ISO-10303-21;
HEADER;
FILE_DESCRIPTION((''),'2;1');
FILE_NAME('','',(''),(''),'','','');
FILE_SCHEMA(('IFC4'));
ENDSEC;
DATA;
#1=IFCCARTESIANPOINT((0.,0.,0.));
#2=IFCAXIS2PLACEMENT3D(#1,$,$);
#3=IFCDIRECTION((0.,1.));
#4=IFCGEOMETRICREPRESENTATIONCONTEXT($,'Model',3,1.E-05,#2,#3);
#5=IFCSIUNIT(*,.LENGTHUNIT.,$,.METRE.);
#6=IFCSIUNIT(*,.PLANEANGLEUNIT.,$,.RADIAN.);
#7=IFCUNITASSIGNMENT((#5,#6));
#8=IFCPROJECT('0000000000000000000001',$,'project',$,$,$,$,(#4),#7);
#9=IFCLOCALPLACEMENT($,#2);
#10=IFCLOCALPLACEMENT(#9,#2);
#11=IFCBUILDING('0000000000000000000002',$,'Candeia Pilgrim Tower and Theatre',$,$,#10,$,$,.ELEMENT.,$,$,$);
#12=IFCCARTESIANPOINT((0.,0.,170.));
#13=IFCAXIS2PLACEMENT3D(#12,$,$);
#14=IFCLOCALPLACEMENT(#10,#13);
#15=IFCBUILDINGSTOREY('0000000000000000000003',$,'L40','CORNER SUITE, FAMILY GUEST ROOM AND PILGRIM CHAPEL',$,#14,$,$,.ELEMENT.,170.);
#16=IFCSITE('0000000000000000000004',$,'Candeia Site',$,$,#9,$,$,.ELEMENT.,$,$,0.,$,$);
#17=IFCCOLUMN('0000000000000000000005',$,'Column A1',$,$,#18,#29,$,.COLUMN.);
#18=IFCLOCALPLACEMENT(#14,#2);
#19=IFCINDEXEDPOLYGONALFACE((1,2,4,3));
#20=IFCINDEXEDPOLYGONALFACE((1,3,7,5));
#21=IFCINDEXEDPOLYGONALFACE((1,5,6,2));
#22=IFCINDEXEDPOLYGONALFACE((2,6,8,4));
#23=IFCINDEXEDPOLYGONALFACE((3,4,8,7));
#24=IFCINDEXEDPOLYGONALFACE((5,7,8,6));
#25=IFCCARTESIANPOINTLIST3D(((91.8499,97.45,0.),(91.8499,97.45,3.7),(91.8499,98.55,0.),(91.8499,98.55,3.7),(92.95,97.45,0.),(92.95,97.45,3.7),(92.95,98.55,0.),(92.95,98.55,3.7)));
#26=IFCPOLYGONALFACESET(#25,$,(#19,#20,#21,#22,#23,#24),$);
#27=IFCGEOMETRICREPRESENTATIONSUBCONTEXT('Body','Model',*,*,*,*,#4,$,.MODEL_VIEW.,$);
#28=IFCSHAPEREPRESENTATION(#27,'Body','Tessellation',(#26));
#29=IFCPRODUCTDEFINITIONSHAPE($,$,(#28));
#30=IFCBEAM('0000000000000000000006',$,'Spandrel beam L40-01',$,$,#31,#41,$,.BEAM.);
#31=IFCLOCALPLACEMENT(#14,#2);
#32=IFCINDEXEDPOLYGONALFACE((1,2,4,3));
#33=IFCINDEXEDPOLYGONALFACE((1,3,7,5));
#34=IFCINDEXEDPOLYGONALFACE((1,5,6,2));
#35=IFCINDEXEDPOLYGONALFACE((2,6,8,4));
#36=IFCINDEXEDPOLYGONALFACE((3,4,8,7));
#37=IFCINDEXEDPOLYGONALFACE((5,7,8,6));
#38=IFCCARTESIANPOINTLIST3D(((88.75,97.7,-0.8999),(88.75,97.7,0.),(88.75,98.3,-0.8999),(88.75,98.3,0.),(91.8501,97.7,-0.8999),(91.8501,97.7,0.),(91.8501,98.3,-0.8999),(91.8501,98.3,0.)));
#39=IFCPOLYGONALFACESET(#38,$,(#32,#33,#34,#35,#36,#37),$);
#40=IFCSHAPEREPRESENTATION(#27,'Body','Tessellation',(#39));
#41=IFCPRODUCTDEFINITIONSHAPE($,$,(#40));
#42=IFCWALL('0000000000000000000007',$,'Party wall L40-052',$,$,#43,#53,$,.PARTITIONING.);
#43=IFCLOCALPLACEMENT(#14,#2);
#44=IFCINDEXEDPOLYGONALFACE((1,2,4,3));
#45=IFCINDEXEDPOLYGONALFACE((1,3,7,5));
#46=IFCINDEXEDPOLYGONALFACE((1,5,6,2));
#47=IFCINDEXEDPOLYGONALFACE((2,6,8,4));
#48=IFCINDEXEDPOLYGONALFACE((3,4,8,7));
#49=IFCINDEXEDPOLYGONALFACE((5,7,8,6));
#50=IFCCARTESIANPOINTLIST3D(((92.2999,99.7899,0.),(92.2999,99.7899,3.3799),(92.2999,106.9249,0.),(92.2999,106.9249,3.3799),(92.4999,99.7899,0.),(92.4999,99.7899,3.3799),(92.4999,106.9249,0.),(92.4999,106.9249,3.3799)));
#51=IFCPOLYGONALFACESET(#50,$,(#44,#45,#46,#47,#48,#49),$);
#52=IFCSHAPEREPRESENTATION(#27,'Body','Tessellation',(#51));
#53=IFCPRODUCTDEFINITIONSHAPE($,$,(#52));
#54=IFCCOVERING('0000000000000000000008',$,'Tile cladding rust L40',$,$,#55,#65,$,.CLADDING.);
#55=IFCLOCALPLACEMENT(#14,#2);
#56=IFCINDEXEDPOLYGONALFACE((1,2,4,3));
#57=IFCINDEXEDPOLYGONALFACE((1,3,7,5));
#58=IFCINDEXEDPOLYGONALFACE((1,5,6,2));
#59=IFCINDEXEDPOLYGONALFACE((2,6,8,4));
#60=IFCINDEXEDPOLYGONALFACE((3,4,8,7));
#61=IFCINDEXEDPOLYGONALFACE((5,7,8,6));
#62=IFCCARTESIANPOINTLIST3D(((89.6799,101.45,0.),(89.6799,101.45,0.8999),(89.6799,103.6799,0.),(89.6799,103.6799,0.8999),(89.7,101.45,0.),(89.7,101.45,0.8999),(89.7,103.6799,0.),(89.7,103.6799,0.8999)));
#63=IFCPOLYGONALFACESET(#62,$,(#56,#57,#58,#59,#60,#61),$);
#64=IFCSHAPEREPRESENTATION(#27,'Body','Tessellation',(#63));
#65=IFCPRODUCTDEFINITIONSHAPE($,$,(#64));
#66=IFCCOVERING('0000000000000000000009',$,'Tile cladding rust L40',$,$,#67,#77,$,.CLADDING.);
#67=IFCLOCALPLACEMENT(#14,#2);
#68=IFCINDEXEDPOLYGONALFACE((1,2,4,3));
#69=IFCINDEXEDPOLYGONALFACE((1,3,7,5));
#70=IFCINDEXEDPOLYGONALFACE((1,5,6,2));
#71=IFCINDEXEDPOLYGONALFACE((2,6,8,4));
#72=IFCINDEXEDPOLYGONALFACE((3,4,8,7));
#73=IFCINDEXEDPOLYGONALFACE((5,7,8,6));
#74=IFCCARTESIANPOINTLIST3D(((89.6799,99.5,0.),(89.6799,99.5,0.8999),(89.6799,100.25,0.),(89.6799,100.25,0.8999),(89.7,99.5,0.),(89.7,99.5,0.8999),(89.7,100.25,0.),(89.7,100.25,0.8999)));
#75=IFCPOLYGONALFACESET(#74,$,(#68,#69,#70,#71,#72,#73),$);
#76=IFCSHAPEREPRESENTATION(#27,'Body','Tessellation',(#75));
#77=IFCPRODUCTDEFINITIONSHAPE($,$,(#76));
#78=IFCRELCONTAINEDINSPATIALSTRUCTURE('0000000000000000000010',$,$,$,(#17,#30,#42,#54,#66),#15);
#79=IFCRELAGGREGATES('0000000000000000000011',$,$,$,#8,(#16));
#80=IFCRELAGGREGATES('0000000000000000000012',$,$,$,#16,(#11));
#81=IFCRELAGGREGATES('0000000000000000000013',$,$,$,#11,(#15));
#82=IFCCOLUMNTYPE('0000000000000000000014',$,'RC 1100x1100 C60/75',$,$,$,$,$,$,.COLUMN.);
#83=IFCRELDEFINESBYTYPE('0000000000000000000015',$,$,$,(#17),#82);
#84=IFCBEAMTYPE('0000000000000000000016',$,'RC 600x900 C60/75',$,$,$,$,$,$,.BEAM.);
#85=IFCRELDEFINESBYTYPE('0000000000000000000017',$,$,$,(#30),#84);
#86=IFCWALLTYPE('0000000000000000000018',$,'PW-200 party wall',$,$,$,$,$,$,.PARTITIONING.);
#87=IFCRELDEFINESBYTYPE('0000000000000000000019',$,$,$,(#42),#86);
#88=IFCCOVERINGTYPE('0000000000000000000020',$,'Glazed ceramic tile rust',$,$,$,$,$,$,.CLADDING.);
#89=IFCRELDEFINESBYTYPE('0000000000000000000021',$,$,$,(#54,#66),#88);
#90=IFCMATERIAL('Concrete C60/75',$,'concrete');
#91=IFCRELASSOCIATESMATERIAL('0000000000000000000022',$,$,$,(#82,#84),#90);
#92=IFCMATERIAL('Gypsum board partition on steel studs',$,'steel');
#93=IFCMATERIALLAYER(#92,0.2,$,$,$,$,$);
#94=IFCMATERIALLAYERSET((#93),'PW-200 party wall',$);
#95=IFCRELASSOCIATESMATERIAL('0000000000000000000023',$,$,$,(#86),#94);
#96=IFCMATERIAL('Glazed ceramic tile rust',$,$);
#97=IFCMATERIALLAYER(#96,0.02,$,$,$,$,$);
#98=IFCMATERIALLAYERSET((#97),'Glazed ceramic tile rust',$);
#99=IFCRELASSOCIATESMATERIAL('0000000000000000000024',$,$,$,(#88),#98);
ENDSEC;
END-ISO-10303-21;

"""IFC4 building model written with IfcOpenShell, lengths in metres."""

from ifc_helpers import new_model, si_unit, direction, frame, frame_2d, origin, origin_2d, place, context, subcontext, project, spatial, rectangle, extrude, material, layer, layer_set, material_profile, profile_set, type_object, element, save


model = new_model("IFC4")

# Units and contexts
model_context = context("Model", 3, precision=1e-05, world=origin(), true_north=direction((0.0, 1.0)))
body_context = subcontext(model_context, "Body", "Model", "MODEL_VIEW")
ifc_project = project(units=[si_unit("LENGTHUNIT", "METRE"), si_unit("PLANEANGLEUNIT", "RADIAN")], contexts=[model_context])

# Site, building, storey
site_placement = place(None, origin())
site = spatial("IfcSite", under=ifc_project, at=site_placement, Name="Candeia Site", CompositionType="ELEMENT", RefElevation=0.0)
building_placement = place(site_placement, origin())
building = spatial("IfcBuilding", under=site, at=building_placement, Name="Candeia Pilgrim Tower and Theatre", CompositionType="ELEMENT")
storey_placement = place(building_placement, frame((0.0, 0.0, 170.0)))
storey = spatial("IfcBuildingStorey", under=building, at=storey_placement, Name="L40", Description="CORNER SUITE, FAMILY GUEST ROOM AND PILGRIM CHAPEL", CompositionType="ELEMENT", Elevation=170.0)

# Column
ifc_material_1 = material(Name="Concrete C60/75", Category="concrete")
ifc_material_profile_1 = material_profile(ifc_material_1, rectangle(XDim=1.1001, YDim=1.1001, at=origin_2d()))
ifc_profile_set_1 = profile_set([ifc_material_profile_1], Name="Concrete C60/75")
column_type = type_object("IfcColumnType", Name="RC 1100x1100 C60/75", PredefinedType="COLUMN", material=ifc_profile_set_1)
column_placement = place(storey_placement, frame((92.3999, 98.0, 0.0), z_axis=(0.0, 0.0, 1.0), x_axis=(1.0, 0.0, 0.0)))
element("IfcColumn", 1, at=column_placement, inside=storey, type_object=column_type, Name="Column A1", PredefinedType="COLUMN", context=body_context, shape_type="SweptSolid", body=[
    extrude(rectangle(XDim=1.1001, YDim=1.1001, at=origin_2d()), origin(), (0.0, 0.0, 1.0), 3.7),
])

# Beam
ifc_material_profile_2 = material_profile(ifc_material_1, rectangle(XDim=0.6001, YDim=0.8999, at=origin_2d()))
ifc_profile_set_2 = profile_set([ifc_material_profile_2], Name="Concrete C60/75")
beam_type = type_object("IfcBeamType", Name="RC 600x900 C60/75", PredefinedType="BEAM", material=ifc_profile_set_2)
beam_placement = place(storey_placement, frame((88.75, 98.0, -0.45), z_axis=(1.0, 0.0, 0.0), x_axis=(0.0, 1.0, 0.0)))
element("IfcBeam", 2, at=beam_placement, inside=storey, type_object=beam_type, Name="Spandrel beam L40-01", PredefinedType="BEAM", context=body_context, shape_type="SweptSolid", body=[
    extrude(rectangle(XDim=0.6001, YDim=0.8999, at=origin_2d()), origin(), (0.0, 0.0, 1.0), 3.1001),
])

# Wall
ifc_material_2 = material(Name="Gypsum board partition on steel studs", Category="steel")
ifc_layer_1 = layer(ifc_material_2, 0.2)
ifc_layer_set_1 = layer_set([ifc_layer_1], Name="PW-200 party wall")
wall_type_1 = type_object("IfcWallType", Name="PW-200 party wall", PredefinedType="PARTITIONING", material=ifc_layer_set_1)
wall_1_placement = place(storey_placement, frame((92.3999, 99.79, 0.0), z_axis=(0.0, 0.0, 1.0), x_axis=(0.0, 1.0, 0.0)))
element("IfcWall", 3, at=wall_1_placement, inside=storey, type_object=wall_type_1, Name="Party wall L40-052", PredefinedType="PARTITIONING", context=body_context, shape_type="SweptSolid", body=[
    extrude(rectangle(XDim=7.135, YDim=0.2, at=frame_2d((3.5674, 0.0))), origin(), (0.0, 0.0, 1.0), 3.3799),
])

# Coverings
ifc_material_3 = material(Name="Glazed ceramic tile rust")
ifc_layer_2 = layer(ifc_material_3, 0.02)
ifc_layer_set_2 = layer_set([ifc_layer_2], Name="Glazed ceramic tile rust")
covering_type = type_object("IfcCoveringType", Name="Glazed ceramic tile rust", PredefinedType="CLADDING", material=ifc_layer_set_2)
covering_1_placement = place(storey_placement, frame((89.6899, 102.5649, 0.0), z_axis=(0.0, 0.0, 1.0), x_axis=(0.0, -1.0, 0.0)))
element("IfcCovering", 4, at=covering_1_placement, inside=storey, type_object=covering_type, Name="Tile cladding rust L40", PredefinedType="CLADDING", context=body_context, shape_type="SweptSolid", body=[
    extrude(rectangle(XDim=2.23, YDim=0.02, at=origin_2d()), origin(), (0.0, 0.0, 1.0), 0.8999),
])
covering_2_placement = place(storey_placement, frame((89.6899, 99.875, 0.0), z_axis=(0.0, 0.0, 1.0), x_axis=(0.0, -1.0, 0.0)))
element("IfcCovering", 5, at=covering_2_placement, inside=storey, type_object=covering_type, Name="Tile cladding rust L40", PredefinedType="CLADDING", context=body_context, shape_type="SweptSolid", body=[
    extrude(rectangle(XDim=0.75, YDim=0.02, at=origin_2d()), origin(), (0.0, 0.0, 1.0), 0.8999),
])

save(model, "model.ifc")
